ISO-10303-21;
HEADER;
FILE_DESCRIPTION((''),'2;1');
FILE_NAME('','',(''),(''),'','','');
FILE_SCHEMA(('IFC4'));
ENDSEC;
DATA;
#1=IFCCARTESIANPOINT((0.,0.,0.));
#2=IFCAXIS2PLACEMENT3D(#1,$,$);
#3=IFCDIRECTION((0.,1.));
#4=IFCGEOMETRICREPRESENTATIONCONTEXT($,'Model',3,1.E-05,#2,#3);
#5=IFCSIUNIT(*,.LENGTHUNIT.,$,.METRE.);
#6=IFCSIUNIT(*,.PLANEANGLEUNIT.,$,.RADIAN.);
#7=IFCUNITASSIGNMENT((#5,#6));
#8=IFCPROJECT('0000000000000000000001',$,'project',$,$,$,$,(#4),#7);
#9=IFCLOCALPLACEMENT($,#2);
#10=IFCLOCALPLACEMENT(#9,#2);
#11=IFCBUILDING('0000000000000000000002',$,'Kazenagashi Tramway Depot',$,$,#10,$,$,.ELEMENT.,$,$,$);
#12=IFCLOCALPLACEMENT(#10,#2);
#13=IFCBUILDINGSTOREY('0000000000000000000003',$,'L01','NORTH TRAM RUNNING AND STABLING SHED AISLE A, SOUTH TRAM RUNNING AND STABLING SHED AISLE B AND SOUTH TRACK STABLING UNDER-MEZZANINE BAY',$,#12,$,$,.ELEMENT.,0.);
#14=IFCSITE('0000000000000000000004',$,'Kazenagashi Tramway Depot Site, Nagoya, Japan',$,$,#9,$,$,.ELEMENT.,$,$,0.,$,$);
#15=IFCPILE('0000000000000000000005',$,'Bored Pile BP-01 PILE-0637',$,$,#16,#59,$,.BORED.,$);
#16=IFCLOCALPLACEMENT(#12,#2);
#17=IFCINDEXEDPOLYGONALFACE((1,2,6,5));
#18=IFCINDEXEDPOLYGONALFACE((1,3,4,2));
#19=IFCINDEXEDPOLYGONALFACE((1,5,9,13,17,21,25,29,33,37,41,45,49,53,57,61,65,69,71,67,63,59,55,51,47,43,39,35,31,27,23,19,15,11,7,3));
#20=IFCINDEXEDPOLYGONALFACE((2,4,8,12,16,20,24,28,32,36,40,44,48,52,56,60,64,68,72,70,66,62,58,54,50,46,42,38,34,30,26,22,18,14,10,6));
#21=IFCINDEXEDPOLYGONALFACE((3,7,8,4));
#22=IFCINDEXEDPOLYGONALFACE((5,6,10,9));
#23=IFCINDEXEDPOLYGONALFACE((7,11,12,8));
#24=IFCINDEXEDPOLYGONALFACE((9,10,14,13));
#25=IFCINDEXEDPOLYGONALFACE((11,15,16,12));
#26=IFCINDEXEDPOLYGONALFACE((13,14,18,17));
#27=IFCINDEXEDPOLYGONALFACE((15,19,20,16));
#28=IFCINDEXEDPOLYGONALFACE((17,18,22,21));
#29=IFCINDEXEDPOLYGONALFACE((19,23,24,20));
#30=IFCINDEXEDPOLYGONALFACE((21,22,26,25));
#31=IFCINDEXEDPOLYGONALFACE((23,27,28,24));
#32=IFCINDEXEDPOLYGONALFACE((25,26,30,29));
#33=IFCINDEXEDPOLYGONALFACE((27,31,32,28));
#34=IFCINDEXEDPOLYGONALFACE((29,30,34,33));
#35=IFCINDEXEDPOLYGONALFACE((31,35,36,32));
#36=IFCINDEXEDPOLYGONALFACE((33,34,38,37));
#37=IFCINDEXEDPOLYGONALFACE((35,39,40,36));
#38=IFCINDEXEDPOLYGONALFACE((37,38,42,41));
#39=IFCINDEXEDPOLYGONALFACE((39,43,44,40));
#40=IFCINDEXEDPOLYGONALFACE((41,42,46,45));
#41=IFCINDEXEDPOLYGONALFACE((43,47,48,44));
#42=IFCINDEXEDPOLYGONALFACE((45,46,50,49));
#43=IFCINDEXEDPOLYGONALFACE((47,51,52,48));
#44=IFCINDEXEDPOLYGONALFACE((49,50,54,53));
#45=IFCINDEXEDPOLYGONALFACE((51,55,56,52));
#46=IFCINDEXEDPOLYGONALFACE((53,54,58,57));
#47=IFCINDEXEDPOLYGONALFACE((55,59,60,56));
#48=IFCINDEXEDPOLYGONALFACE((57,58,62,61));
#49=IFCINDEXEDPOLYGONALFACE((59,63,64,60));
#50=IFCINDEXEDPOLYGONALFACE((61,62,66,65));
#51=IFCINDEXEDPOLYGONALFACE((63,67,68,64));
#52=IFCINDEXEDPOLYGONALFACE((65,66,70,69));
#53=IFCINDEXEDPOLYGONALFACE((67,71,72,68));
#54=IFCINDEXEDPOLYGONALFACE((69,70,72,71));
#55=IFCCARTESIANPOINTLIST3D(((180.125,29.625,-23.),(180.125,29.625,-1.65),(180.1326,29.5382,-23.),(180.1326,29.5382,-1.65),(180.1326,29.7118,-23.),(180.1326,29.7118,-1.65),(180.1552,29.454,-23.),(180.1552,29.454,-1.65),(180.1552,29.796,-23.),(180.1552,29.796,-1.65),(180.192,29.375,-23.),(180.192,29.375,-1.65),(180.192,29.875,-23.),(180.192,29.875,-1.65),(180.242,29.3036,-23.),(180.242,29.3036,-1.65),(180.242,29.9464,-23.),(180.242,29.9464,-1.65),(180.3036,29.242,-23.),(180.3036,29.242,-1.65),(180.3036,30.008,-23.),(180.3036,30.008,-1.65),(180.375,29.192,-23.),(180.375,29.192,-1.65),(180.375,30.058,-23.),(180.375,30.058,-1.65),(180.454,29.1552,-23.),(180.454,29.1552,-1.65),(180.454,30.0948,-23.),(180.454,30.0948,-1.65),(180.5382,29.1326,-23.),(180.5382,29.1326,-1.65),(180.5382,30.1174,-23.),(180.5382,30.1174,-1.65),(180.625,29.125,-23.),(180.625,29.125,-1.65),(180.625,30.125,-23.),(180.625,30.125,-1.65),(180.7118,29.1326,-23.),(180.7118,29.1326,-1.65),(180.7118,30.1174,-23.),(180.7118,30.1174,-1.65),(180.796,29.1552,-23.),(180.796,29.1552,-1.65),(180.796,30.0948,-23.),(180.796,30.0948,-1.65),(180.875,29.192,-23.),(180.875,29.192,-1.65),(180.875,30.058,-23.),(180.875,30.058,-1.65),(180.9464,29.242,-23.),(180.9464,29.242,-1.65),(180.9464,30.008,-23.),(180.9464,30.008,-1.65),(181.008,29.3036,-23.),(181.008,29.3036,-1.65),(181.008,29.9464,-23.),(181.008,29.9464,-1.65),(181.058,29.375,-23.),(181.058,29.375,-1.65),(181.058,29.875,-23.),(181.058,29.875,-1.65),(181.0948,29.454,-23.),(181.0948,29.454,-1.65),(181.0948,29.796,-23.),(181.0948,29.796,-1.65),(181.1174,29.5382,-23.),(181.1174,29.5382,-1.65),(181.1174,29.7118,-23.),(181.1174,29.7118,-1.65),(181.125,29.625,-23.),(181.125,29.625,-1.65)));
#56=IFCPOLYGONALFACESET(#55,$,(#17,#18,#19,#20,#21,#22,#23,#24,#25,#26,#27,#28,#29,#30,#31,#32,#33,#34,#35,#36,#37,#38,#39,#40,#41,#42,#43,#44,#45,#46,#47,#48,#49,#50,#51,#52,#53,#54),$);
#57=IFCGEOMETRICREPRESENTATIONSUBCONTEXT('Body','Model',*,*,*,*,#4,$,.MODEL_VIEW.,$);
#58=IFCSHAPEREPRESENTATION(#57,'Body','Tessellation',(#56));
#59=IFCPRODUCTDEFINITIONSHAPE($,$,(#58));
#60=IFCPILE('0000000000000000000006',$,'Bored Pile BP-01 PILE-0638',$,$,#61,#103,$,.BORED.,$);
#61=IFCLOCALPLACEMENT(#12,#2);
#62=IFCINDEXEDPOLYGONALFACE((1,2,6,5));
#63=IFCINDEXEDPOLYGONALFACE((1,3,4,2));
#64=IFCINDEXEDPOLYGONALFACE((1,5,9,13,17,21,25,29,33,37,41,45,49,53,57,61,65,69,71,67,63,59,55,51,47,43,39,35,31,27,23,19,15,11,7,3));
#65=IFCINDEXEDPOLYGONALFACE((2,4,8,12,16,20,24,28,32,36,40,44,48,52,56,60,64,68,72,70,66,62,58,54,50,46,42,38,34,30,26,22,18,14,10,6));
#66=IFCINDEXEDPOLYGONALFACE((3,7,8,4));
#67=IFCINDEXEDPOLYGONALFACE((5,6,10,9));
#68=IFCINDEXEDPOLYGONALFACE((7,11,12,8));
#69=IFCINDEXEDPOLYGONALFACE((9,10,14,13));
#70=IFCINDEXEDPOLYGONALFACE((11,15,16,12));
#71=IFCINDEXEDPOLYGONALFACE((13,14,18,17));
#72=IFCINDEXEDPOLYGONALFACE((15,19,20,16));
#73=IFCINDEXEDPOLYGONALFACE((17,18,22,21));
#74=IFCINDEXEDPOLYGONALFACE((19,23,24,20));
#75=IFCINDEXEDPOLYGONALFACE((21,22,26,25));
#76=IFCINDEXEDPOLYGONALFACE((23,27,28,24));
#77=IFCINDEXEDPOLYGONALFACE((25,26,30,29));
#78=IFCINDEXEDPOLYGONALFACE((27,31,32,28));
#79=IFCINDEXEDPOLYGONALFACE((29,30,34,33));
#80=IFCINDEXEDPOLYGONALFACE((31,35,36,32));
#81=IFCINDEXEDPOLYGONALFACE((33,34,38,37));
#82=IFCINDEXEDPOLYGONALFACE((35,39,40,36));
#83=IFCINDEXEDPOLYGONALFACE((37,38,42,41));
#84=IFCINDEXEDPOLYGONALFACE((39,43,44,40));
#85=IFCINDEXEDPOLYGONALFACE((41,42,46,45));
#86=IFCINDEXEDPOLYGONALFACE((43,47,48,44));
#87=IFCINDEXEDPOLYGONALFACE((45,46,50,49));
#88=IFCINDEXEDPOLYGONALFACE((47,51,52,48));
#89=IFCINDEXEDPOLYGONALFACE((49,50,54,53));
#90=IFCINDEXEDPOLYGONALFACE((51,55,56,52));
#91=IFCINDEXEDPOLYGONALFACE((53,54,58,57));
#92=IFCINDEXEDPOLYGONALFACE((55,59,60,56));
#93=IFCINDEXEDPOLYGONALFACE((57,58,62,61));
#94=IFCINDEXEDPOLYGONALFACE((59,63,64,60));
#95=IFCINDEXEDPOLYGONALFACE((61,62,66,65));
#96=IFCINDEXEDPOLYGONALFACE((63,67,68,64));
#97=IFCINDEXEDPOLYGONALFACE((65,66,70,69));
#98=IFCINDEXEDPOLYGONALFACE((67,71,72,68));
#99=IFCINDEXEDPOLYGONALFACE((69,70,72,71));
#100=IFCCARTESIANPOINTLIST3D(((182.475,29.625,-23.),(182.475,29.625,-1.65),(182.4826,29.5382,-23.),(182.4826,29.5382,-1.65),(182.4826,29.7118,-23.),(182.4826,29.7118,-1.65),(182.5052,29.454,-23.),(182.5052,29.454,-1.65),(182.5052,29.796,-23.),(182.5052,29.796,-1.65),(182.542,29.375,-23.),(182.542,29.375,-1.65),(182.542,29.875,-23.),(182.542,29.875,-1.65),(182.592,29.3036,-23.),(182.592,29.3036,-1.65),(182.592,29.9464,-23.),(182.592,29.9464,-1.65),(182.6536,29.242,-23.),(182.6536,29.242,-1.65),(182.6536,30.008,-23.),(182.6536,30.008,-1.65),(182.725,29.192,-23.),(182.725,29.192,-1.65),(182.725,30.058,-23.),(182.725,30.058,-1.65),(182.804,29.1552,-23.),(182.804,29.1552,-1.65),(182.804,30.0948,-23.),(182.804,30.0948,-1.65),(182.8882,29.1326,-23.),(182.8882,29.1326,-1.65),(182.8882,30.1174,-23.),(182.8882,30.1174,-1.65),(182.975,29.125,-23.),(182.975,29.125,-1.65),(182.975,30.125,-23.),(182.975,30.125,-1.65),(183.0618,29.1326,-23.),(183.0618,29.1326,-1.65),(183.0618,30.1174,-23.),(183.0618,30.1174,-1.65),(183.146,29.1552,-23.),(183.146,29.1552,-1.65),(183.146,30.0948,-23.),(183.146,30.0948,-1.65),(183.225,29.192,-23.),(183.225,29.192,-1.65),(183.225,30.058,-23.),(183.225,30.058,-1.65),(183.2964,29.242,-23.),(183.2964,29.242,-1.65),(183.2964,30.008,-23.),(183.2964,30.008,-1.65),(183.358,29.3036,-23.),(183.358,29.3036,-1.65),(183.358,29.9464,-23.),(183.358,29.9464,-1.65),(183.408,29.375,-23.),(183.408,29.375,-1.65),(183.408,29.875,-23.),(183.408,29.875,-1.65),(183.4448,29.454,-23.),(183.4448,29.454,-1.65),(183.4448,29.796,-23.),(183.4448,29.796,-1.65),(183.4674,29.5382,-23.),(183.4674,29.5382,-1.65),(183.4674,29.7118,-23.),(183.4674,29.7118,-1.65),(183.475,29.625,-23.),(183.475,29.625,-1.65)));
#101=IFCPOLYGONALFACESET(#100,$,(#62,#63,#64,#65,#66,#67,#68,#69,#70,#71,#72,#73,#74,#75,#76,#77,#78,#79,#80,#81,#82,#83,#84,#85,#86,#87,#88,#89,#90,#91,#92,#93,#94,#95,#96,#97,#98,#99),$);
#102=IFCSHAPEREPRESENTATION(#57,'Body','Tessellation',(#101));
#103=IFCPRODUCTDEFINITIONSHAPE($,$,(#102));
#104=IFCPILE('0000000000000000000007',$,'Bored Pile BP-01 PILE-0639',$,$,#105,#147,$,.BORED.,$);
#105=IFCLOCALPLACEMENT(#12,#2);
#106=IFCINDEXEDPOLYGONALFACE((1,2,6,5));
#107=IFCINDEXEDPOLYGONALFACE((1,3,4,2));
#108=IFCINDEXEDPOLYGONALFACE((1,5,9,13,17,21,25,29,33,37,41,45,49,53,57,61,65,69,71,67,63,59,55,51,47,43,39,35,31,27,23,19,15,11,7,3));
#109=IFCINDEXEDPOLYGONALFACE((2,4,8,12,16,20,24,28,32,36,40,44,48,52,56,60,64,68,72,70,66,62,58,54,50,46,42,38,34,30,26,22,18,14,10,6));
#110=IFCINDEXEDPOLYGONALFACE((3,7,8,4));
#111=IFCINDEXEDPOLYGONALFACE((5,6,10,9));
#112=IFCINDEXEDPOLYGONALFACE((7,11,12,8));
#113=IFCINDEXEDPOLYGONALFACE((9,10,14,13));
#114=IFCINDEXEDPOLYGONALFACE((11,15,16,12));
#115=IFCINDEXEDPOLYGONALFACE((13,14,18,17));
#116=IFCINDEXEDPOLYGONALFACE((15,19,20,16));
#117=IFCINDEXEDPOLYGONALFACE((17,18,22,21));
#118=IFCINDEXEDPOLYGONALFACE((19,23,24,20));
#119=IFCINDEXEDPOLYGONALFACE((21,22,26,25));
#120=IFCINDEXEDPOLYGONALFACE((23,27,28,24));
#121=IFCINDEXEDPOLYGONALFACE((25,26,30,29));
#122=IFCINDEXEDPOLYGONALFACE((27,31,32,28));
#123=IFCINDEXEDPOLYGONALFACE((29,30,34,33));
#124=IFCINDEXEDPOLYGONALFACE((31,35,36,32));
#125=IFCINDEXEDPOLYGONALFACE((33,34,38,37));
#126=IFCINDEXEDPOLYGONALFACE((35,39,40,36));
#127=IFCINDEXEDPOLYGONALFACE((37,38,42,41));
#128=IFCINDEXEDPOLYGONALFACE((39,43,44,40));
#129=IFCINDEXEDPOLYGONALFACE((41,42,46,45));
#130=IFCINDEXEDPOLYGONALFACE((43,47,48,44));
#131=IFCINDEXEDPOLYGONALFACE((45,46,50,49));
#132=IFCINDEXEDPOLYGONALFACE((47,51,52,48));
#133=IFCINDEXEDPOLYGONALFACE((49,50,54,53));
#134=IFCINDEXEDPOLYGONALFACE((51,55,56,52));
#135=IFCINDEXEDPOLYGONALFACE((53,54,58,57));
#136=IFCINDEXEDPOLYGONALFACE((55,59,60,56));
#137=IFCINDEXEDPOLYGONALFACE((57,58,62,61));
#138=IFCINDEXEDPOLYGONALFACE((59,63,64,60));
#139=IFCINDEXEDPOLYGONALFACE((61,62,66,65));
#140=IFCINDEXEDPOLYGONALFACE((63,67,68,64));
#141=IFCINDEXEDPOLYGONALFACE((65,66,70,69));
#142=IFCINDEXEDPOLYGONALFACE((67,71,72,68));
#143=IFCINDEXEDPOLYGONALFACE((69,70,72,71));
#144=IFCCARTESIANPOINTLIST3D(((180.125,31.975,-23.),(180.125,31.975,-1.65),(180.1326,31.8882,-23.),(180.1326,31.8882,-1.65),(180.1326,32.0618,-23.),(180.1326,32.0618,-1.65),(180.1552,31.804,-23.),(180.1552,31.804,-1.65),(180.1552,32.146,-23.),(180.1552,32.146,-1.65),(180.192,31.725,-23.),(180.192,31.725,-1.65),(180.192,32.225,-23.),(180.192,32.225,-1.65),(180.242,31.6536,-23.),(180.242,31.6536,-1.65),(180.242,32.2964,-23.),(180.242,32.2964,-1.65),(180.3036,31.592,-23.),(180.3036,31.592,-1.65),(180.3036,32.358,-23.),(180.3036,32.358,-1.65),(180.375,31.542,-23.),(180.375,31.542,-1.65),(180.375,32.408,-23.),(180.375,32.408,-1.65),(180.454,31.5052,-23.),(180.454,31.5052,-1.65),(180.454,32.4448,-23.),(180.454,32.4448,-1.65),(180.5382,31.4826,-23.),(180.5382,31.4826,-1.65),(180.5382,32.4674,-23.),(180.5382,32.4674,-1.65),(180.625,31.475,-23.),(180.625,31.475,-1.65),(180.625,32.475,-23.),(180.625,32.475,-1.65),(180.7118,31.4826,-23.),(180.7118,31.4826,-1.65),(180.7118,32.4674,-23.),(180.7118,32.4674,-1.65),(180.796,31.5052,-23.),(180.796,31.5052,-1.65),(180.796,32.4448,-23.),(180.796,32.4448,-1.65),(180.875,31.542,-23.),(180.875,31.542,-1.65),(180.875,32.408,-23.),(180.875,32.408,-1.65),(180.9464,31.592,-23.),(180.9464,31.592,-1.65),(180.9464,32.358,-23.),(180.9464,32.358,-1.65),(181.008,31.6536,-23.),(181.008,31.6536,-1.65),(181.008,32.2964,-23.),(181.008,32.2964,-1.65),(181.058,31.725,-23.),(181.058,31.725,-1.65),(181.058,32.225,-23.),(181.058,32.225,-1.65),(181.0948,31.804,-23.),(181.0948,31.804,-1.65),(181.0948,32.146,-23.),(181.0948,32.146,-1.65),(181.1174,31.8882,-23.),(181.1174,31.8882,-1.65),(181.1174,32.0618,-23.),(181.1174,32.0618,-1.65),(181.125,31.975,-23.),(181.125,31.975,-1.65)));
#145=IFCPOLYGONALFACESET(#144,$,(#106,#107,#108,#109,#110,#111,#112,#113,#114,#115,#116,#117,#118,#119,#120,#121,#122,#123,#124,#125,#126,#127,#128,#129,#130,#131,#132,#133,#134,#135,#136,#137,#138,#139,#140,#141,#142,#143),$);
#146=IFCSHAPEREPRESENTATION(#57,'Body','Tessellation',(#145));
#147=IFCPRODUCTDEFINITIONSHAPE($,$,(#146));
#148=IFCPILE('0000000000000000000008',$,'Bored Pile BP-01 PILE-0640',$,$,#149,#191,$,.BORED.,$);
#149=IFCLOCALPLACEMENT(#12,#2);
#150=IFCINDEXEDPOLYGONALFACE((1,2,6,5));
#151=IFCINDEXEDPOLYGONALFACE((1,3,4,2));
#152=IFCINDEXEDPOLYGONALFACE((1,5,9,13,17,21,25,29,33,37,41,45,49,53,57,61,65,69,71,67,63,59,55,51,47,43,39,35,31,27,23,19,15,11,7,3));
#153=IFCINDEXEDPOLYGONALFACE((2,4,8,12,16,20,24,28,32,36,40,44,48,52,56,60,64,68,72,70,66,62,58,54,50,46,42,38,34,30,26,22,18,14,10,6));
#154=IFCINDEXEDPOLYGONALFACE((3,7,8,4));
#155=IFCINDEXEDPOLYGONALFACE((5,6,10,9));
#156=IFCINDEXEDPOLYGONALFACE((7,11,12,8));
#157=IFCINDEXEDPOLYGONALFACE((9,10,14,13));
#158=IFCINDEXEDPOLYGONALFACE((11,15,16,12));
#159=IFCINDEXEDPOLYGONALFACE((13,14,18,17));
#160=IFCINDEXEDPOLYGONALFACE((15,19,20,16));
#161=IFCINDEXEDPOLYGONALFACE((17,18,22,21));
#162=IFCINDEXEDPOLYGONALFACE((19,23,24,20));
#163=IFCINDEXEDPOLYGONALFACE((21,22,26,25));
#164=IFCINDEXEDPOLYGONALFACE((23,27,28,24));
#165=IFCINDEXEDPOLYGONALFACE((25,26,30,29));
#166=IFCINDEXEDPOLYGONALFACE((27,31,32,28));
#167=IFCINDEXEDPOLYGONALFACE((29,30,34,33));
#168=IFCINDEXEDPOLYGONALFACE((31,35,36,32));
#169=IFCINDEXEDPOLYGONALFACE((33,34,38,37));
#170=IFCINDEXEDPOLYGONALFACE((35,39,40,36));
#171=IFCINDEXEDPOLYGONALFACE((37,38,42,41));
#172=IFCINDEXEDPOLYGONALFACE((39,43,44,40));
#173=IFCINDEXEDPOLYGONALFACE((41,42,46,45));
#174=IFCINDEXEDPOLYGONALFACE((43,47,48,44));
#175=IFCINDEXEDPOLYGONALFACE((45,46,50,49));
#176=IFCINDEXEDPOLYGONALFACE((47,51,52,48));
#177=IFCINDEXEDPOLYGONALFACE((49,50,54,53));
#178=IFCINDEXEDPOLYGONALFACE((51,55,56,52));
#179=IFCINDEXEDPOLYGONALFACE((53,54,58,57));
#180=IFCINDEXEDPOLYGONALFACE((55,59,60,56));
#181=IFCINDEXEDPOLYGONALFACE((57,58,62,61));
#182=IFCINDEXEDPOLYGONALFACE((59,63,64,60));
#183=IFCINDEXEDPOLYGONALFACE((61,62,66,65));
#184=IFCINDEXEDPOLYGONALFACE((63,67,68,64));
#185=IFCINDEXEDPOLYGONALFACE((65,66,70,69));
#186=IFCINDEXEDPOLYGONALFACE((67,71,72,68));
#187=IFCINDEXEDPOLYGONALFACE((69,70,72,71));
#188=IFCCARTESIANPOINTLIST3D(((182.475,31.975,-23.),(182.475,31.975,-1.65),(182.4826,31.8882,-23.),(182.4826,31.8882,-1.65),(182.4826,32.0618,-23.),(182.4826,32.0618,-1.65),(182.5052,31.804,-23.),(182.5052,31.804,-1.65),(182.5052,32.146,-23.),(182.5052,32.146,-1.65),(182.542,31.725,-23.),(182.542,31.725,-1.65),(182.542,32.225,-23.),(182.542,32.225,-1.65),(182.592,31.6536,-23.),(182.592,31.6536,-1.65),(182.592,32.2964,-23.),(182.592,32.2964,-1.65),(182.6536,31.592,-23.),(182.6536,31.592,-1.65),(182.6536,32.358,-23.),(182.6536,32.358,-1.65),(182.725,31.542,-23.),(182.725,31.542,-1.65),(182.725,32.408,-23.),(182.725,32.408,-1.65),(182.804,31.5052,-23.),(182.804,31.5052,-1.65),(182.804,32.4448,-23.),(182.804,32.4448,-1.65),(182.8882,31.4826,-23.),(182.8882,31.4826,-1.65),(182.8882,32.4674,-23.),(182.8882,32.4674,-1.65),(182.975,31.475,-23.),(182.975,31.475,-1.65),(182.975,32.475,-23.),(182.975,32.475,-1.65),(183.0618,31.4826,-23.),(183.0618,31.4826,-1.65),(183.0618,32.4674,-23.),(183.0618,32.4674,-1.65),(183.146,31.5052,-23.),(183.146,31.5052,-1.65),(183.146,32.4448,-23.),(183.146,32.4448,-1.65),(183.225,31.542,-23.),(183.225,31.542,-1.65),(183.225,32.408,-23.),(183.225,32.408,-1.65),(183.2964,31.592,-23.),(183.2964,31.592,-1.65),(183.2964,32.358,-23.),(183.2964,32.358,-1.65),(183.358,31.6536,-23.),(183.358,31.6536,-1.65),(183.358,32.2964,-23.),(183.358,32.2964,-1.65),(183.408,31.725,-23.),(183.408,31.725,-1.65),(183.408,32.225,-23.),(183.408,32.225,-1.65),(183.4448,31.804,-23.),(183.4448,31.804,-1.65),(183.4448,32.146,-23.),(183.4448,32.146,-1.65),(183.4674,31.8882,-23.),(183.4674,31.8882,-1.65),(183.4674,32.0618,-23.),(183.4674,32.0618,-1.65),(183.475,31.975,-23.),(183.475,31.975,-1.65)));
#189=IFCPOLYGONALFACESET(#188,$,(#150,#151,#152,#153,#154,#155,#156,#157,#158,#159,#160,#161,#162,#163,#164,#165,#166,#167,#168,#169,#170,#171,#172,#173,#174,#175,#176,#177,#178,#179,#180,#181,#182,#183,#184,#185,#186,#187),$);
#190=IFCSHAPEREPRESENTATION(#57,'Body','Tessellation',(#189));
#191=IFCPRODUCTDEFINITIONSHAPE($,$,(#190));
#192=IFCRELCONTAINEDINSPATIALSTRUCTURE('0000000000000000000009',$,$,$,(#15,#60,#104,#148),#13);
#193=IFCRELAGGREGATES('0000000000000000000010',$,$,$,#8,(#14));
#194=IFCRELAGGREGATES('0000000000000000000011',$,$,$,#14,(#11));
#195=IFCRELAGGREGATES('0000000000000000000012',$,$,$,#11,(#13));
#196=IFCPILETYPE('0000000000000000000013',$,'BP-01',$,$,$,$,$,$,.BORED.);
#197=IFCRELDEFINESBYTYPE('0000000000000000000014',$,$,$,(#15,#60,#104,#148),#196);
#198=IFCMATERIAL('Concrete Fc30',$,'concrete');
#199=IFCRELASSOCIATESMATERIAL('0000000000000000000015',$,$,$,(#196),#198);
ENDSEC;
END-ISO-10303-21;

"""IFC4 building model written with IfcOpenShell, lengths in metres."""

from ifc_helpers import new_model, si_unit, direction, frame, origin, origin_2d, place, context, subcontext, project, spatial, circle, extrude, material, material_profile, profile_set, type_object, element, save


model = new_model("IFC4")

# Units and contexts
model_context = context("Model", 3, precision=1e-05, world=origin(), true_north=direction((0.0, 1.0)))
body_context = subcontext(model_context, "Body", "Model", "MODEL_VIEW")
ifc_project = project(units=[si_unit("LENGTHUNIT", "METRE"), si_unit("PLANEANGLEUNIT", "RADIAN")], contexts=[model_context])

# Site, building, storey
site_placement = place(None, origin())
site = spatial("IfcSite", under=ifc_project, at=site_placement, Name="Kazenagashi Tramway Depot Site, Nagoya, Japan", CompositionType="ELEMENT", RefElevation=0.0)
building_placement = place(site_placement, origin())
building = spatial("IfcBuilding", under=site, at=building_placement, Name="Kazenagashi Tramway Depot", CompositionType="ELEMENT")
storey_placement = place(building_placement, origin())
storey = spatial("IfcBuildingStorey", under=building, at=storey_placement, Name="L01", Description="NORTH TRAM RUNNING AND STABLING SHED AISLE A, SOUTH TRAM RUNNING AND STABLING SHED AISLE B AND SOUTH TRACK STABLING UNDER-MEZZANINE BAY", CompositionType="ELEMENT", Elevation=0.0)

# Piles
ifc_material_1 = material(Name="Concrete Fc30", Category="concrete")
ifc_material_profile_1 = material_profile(ifc_material_1, circle(Radius=0.5, at=origin_2d()), Name="PILE-1000")
ifc_profile_set_1 = profile_set([ifc_material_profile_1], Name="Concrete Fc30")
pile_type = type_object("IfcPileType", Name="BP-01", PredefinedType="BORED", material=ifc_profile_set_1)
for number, where, z_axis, x_axis, name in (
    (1, (180.625, 29.625, -1.65), (0.0, 0.0, -1.0), (1.0, 0.0, 0.0), "Bored Pile BP-01 PILE-0637"),
    (2, (182.975, 29.625, -1.65), (0.0, 0.0, -1.0), (1.0, 0.0, 0.0), "Bored Pile BP-01 PILE-0638"),
    (3, (180.625, 31.975, -1.65), (0.0, 0.0, -1.0), (1.0, 0.0, 0.0), "Bored Pile BP-01 PILE-0639"),
    (4, (182.975, 31.975, -1.65), (0.0, 0.0, -1.0), (1.0, 0.0, 0.0), "Bored Pile BP-01 PILE-0640"),
):
    element("IfcPile", number, at=place(storey_placement, frame(where, z_axis=z_axis, x_axis=x_axis)), inside=storey, type_object=pile_type, Name=name, PredefinedType="BORED", context=body_context, shape_type="SweptSolid", body=[
        extrude(circle(Radius=0.5, at=origin_2d()), origin(), (0.0, 0.0, 1.0), 21.35),
    ])

save(model, "model.ifc")
